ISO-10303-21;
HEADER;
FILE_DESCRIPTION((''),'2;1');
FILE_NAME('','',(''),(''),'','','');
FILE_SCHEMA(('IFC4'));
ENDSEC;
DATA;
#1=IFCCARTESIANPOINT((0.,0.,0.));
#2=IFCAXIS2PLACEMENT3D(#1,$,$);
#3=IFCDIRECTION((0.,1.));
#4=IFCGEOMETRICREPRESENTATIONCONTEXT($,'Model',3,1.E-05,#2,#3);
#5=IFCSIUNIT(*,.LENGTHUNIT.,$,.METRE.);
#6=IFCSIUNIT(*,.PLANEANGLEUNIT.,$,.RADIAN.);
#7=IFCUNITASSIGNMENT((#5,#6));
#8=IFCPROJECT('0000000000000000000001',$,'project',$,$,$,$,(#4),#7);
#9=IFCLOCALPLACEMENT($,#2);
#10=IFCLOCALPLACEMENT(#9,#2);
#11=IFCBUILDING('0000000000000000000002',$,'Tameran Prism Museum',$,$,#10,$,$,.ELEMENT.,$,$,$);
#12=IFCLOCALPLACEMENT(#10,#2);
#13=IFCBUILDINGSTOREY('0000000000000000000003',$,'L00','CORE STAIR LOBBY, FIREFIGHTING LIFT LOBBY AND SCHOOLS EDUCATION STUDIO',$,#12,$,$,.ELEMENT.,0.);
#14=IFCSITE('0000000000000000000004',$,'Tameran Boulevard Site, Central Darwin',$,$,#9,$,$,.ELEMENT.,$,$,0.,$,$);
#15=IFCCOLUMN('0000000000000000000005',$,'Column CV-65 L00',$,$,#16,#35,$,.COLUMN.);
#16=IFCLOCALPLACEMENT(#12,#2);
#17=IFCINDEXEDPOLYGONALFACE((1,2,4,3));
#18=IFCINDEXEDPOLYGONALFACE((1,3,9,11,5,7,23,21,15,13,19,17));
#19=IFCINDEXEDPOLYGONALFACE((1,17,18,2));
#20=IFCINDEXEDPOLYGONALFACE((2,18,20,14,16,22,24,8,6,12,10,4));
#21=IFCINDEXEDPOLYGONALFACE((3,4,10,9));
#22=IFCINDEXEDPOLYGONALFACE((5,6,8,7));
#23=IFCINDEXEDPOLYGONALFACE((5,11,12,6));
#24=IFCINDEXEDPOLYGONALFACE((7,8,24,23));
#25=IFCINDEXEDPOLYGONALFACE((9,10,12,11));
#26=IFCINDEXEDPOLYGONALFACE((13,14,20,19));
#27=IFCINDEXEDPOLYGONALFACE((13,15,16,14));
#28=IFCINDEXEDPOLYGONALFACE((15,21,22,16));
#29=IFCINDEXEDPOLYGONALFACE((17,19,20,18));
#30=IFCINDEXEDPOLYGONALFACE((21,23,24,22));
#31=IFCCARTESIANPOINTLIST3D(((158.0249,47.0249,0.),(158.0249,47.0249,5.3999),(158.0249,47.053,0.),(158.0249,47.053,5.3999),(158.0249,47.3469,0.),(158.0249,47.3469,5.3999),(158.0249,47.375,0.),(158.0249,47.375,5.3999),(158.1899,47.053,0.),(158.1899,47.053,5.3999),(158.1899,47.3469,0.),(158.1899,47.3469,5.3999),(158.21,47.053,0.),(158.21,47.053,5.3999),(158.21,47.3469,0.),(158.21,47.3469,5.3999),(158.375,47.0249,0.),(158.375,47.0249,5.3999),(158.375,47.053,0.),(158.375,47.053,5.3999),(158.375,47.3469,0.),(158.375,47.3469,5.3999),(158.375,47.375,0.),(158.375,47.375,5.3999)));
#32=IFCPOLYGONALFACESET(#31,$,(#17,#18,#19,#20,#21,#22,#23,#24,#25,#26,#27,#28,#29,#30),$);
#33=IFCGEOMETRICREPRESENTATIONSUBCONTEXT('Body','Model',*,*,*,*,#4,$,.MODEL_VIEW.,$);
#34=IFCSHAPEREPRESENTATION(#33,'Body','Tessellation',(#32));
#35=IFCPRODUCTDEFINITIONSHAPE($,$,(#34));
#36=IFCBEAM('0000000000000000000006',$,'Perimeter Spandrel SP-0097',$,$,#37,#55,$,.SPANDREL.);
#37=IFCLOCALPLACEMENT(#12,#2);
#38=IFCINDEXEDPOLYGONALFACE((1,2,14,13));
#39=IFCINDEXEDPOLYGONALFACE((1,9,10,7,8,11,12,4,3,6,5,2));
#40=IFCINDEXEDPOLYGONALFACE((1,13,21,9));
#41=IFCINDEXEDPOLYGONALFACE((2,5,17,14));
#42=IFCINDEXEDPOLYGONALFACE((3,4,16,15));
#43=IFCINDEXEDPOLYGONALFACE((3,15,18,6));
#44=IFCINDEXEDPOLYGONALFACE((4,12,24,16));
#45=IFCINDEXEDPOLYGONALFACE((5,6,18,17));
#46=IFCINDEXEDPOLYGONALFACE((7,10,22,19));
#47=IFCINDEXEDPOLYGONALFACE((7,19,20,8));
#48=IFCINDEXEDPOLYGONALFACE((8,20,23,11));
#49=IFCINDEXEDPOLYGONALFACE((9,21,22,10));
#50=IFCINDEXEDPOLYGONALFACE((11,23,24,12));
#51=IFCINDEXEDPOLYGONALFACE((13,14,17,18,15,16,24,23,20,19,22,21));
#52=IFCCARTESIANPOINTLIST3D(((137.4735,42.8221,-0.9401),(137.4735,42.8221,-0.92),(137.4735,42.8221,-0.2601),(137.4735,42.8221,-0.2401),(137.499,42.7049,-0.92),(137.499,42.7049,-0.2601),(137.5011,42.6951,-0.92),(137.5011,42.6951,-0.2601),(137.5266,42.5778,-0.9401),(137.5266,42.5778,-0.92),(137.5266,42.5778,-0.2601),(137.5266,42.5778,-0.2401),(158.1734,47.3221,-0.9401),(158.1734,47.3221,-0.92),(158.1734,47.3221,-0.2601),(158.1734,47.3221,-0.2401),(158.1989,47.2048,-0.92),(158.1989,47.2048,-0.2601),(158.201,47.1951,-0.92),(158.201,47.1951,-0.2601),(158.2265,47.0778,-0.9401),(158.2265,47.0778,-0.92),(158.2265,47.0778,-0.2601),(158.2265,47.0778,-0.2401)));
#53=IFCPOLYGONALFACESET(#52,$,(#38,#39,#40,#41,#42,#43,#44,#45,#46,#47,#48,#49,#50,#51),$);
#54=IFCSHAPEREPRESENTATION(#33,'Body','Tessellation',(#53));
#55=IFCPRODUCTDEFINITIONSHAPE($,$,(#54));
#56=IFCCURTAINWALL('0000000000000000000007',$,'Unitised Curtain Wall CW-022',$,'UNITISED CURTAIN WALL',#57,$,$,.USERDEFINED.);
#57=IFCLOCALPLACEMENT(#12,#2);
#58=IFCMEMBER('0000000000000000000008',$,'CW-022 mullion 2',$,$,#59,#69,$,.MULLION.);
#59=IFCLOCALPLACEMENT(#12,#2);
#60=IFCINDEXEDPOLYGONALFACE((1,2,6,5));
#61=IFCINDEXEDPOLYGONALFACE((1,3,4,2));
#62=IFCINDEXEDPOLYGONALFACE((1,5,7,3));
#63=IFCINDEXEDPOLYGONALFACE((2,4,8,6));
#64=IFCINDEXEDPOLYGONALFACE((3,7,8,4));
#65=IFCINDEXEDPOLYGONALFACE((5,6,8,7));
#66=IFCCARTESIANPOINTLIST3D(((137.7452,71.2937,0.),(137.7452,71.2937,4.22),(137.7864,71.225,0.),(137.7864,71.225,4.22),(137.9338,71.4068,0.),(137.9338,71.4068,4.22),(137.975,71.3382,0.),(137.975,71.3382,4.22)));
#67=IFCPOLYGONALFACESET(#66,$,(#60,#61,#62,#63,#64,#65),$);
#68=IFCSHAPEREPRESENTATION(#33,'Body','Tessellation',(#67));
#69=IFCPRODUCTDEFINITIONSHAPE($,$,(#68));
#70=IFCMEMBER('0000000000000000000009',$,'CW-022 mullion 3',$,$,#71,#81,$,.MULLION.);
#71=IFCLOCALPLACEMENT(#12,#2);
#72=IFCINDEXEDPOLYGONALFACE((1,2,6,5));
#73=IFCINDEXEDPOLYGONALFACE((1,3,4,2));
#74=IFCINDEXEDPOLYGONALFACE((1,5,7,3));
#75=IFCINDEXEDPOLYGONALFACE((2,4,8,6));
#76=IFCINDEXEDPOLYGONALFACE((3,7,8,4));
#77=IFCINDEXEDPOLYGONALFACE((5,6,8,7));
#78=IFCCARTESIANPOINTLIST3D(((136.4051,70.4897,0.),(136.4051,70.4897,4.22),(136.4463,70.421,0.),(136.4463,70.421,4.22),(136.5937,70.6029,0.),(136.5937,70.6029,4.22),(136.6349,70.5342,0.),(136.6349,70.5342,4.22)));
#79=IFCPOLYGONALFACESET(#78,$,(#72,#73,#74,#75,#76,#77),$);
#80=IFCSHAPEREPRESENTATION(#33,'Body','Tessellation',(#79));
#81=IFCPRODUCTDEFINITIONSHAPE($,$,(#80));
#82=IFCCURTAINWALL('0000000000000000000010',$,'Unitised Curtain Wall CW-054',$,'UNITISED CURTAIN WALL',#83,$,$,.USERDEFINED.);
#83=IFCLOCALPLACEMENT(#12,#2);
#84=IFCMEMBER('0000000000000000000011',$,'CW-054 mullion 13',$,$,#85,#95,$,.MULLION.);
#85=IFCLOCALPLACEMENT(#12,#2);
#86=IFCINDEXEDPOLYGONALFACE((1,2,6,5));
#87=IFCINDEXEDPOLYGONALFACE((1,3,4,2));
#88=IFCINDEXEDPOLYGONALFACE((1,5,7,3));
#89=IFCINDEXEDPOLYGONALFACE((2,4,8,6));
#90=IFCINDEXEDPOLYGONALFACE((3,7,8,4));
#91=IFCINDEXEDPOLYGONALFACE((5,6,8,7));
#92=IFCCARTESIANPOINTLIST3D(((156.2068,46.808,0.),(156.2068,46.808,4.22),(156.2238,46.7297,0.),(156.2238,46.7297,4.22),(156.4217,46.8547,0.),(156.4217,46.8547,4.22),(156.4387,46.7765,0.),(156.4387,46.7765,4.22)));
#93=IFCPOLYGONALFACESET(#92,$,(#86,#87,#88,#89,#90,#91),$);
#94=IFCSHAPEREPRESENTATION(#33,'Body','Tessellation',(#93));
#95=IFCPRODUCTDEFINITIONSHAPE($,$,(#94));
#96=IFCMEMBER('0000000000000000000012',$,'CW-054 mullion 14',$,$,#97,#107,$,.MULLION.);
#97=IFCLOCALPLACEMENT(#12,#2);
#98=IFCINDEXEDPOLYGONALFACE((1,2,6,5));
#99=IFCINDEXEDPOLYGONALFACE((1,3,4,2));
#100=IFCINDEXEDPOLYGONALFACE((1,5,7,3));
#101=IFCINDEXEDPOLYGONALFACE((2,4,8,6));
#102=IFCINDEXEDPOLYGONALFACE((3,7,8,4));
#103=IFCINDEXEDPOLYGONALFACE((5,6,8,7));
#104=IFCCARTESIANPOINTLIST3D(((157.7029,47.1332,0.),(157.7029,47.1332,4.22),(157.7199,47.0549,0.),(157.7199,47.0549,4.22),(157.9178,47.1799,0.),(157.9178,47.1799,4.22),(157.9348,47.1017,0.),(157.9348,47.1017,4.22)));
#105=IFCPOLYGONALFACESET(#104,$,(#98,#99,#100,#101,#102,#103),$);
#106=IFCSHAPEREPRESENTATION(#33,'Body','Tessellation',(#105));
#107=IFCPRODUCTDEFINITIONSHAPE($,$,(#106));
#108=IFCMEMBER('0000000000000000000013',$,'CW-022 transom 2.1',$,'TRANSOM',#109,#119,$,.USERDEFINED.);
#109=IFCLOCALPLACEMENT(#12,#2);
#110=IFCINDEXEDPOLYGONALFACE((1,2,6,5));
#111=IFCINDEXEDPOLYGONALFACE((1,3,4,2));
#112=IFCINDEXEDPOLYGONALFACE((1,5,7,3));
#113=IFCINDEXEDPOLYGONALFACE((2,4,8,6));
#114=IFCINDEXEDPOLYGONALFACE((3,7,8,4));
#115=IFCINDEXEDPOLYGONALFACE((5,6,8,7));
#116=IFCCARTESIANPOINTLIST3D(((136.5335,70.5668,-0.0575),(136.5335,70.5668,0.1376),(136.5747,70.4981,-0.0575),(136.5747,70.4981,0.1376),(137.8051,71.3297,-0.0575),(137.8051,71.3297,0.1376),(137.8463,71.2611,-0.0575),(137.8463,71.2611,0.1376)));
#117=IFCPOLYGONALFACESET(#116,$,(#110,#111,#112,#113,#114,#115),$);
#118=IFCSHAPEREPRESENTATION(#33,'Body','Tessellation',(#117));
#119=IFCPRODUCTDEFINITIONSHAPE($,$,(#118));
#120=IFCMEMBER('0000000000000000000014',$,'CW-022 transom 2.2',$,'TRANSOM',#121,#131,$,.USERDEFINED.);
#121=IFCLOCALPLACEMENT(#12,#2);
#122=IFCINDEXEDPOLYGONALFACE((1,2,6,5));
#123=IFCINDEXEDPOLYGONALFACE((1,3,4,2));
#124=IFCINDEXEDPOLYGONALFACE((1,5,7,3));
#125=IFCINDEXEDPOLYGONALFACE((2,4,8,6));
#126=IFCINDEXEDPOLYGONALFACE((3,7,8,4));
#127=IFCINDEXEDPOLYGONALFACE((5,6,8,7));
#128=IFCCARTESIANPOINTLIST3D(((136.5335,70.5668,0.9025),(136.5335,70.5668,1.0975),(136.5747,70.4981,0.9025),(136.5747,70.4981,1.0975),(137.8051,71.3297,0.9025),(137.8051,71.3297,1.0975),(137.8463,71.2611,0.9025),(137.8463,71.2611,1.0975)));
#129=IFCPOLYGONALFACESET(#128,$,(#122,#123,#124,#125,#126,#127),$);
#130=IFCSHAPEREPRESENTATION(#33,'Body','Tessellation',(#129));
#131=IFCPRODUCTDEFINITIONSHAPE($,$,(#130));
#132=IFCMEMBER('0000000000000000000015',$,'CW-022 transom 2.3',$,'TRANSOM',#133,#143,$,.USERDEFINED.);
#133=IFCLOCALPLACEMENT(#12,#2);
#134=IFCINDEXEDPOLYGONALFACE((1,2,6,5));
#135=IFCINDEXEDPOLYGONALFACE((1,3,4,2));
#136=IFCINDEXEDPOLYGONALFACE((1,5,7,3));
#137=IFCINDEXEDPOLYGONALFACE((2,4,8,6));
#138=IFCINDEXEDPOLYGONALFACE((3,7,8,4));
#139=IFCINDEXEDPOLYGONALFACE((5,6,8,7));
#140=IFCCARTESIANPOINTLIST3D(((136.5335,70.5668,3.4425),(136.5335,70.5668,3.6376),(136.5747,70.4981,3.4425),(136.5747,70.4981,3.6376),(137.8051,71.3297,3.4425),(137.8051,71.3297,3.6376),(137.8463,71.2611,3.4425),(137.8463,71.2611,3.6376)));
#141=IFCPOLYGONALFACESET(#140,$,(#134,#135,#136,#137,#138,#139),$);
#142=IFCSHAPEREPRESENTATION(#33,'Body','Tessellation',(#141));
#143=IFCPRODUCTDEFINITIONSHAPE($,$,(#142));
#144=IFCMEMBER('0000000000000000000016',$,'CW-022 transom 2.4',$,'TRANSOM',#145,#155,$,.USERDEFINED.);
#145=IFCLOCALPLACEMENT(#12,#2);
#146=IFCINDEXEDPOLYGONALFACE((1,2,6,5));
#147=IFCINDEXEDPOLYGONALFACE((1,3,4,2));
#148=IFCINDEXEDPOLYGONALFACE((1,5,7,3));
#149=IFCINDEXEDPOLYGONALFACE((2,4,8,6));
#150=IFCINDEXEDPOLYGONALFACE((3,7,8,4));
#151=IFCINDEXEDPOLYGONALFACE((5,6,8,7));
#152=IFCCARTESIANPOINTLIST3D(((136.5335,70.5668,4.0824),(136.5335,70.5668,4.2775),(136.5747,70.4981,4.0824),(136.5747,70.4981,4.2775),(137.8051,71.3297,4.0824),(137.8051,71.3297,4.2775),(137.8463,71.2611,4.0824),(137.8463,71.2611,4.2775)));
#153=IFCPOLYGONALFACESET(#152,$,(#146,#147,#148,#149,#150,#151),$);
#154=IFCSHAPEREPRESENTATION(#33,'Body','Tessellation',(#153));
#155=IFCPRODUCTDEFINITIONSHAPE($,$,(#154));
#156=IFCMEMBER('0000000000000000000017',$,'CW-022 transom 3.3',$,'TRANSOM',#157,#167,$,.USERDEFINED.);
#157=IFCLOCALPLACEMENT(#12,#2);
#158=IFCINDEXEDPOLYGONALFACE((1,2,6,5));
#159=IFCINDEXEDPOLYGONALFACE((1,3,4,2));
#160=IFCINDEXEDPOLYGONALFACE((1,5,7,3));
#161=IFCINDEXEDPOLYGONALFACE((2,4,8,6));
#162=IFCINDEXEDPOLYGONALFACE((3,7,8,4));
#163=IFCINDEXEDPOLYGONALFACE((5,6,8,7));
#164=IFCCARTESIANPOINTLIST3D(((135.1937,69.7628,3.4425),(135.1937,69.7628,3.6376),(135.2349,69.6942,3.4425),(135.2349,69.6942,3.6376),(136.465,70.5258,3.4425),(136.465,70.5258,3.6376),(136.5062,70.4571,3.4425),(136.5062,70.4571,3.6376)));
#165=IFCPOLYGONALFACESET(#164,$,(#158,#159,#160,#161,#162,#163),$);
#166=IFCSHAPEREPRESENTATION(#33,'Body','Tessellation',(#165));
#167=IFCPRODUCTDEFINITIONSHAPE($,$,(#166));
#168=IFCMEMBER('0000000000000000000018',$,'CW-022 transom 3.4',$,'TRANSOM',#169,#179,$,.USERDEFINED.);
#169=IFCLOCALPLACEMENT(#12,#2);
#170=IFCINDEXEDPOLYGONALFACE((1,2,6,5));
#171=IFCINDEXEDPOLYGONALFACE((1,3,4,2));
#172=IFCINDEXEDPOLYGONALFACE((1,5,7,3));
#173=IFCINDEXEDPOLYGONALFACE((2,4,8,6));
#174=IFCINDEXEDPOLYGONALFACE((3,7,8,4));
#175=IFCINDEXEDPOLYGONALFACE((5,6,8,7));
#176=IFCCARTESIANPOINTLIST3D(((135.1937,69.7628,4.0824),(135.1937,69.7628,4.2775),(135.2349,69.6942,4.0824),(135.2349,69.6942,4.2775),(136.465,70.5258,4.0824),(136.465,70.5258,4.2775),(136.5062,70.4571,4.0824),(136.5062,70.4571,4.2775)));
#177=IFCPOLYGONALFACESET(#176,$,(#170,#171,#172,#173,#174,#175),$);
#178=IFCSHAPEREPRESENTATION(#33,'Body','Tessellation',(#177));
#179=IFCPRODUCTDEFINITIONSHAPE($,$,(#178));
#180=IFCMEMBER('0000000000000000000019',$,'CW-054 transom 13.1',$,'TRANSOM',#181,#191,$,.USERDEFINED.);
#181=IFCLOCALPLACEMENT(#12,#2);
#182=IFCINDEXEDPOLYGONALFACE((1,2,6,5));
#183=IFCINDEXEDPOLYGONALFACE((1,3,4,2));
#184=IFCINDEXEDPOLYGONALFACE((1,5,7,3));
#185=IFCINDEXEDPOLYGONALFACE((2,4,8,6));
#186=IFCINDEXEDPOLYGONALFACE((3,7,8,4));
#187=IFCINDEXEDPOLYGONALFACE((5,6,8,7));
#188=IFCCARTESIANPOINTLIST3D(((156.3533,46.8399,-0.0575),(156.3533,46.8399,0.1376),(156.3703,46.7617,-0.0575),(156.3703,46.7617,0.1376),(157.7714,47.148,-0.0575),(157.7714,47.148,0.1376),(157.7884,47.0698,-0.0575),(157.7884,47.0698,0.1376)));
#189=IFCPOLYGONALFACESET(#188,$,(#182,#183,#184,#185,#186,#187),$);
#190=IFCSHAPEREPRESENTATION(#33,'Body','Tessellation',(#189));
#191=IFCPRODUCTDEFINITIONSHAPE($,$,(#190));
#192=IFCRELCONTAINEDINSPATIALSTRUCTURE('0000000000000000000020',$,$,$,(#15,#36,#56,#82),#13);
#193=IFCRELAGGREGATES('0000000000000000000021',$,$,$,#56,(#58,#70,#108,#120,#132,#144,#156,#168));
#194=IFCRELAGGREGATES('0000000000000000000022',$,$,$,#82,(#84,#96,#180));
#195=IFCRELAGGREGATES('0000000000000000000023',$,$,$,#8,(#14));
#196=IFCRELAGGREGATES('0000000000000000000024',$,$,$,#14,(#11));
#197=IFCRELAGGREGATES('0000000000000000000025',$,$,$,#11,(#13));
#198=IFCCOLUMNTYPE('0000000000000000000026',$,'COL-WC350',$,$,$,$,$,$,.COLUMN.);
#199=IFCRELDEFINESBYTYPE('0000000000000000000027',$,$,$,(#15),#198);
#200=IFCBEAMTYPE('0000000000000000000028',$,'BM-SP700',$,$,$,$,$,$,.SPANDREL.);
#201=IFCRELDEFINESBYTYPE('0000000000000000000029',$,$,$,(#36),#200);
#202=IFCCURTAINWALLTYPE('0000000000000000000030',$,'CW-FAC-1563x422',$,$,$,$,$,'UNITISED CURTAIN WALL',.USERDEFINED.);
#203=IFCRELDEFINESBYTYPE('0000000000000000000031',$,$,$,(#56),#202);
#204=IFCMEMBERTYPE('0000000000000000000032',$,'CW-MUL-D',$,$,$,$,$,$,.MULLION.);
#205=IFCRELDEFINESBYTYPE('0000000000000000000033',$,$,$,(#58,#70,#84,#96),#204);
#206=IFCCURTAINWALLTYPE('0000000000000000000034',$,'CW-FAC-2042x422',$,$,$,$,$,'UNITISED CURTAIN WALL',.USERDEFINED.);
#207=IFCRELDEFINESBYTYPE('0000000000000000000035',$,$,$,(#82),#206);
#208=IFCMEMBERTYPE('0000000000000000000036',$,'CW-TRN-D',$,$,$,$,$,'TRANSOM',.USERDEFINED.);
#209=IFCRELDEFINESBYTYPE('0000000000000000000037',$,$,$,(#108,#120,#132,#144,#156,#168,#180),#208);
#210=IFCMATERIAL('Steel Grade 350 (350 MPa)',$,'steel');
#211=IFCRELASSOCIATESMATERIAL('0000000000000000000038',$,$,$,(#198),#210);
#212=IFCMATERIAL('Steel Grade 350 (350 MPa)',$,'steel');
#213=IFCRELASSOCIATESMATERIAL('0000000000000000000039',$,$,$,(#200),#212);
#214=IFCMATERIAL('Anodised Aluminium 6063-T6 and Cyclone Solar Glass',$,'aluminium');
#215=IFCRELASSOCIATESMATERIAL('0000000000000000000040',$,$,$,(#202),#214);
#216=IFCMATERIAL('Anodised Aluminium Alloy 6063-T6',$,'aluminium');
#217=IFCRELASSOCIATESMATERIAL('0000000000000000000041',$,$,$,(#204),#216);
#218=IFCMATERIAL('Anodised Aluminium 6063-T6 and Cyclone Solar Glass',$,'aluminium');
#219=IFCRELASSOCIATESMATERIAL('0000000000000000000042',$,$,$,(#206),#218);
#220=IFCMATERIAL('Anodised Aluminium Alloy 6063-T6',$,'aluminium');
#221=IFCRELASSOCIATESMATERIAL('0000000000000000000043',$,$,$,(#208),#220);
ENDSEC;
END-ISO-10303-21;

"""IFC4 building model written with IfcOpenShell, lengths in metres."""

from ifc_helpers import new_model, si_unit, direction, frame, origin, origin_2d, place, context, subcontext, project, spatial, rectangle, i_section, extrude, material, material_profile, profile_set, type_object, element, aggregate, save


model = new_model("IFC4")

# Units and contexts
model_context = context("Model", 3, precision=1e-05, world=origin(), true_north=direction((0.0, 1.0)))
body_context = subcontext(model_context, "Body", "Model", "MODEL_VIEW")
ifc_project = project(units=[si_unit("LENGTHUNIT", "METRE"), si_unit("PLANEANGLEUNIT", "RADIAN")], contexts=[model_context])

# Site, building, storey
site_placement = place(None, origin())
site = spatial("IfcSite", under=ifc_project, at=site_placement, Name="Tameran Boulevard Site, Central Darwin", CompositionType="ELEMENT", RefElevation=0.0)
building_placement = place(site_placement, origin())
building = spatial("IfcBuilding", under=site, at=building_placement, Name="Tameran Prism Museum", CompositionType="ELEMENT")
storey_placement = place(building_placement, origin())
storey = spatial("IfcBuildingStorey", under=building, at=storey_placement, Name="L00", Description="CORE STAIR LOBBY, FIREFIGHTING LIFT LOBBY AND SCHOOLS EDUCATION STUDIO", CompositionType="ELEMENT", Elevation=0.0)

# Column
ifc_material_1 = material(Name="Steel Grade 350 (350 MPa)", Category="steel")
ifc_material_profile_1 = material_profile(ifc_material_1, i_section(OverallWidth=0.3501, OverallDepth=0.3501, WebThickness=0.02, FlangeThickness=0.0281, at=origin_2d()))
ifc_profile_set_1 = profile_set([ifc_material_profile_1])
column_type = type_object("IfcColumnType", Name="COL-WC350", PredefinedType="COLUMN", material=ifc_profile_set_1)
column_placement = place(storey_placement, frame((158.2, 47.2, 0.0), z_axis=(0.0, 0.0, 1.0), x_axis=(1.0, 0.0, 0.0)))
element("IfcColumn", 1, at=column_placement, inside=storey, type_object=column_type, Name="Column CV-65 L00", PredefinedType="COLUMN", context=body_context, shape_type="SweptSolid", body=[
    extrude(i_section(OverallWidth=0.3501, OverallDepth=0.3501, WebThickness=0.02, FlangeThickness=0.0281, at=origin_2d()), origin(), (0.0, 0.0, 1.0), 5.3999),
])

# Beam
ifc_material_2 = material(Name="Steel Grade 350 (350 MPa)", Category="steel")
ifc_material_profile_2 = material_profile(ifc_material_2, i_section(OverallWidth=0.25, OverallDepth=0.7, WebThickness=0.01, FlangeThickness=0.02, at=origin_2d()))
ifc_profile_set_2 = profile_set([ifc_material_profile_2])
beam_type = type_object("IfcBeamType", Name="BM-SP700", PredefinedType="SPANDREL", material=ifc_profile_set_2)
beam_placement = place(storey_placement, frame((158.2, 47.2, -0.5901), z_axis=(-0.977176, -0.21243, 0.0), x_axis=(0.21243, -0.977176, 0.0)))
element("IfcBeam", 2, at=beam_placement, inside=storey, type_object=beam_type, Name="Perimeter Spandrel SP-0097", PredefinedType="SPANDREL", context=body_context, shape_type="SweptSolid", body=[
    extrude(i_section(OverallWidth=0.25, OverallDepth=0.7, WebThickness=0.01, FlangeThickness=0.02, at=origin_2d()), origin(), (0.0, 0.0, 1.0), 21.1833),
])

# Curtain walls, members
ifc_material_3 = material(Name="Anodised Aluminium 6063-T6 and Cyclone Solar Glass", Category="aluminium")
curtain_wall_type_1 = type_object("IfcCurtainWallType", Name="CW-FAC-1563x422", ElementType="UNITISED CURTAIN WALL", PredefinedType="USERDEFINED", material=ifc_material_3)
curtain_wall_1_placement = place(storey_placement, origin())
curtain_wall_1 = element("IfcCurtainWall", 3, at=curtain_wall_1_placement, inside=storey, type_object=curtain_wall_type_1, Name="Unitised Curtain Wall CW-022", ObjectType="UNITISED CURTAIN WALL", PredefinedType="USERDEFINED")
ifc_material_4 = material(Name="Anodised Aluminium Alloy 6063-T6", Category="aluminium")
ifc_material_profile_3 = material_profile(ifc_material_4, rectangle(XDim=0.0801, YDim=0.22, at=origin_2d()))
ifc_profile_set_3 = profile_set([ifc_material_profile_3])
member_type_1 = type_object("IfcMemberType", Name="CW-MUL-D", PredefinedType="MULLION", material=ifc_profile_set_3)
member_1_placement = place(storey_placement, frame((137.8601, 71.3159, 0.0), z_axis=(0.0, 0.0, 1.0), x_axis=(0.514496, -0.857493, 0.0)))
member_1 = element("IfcMember", 4, at=member_1_placement, type_object=member_type_1, Name="CW-022 mullion 2", PredefinedType="MULLION", context=body_context, shape_type="SweptSolid", body=[
    extrude(rectangle(XDim=0.0801, YDim=0.22, at=origin_2d()), origin(), (0.0, 0.0, 1.0), 4.22),
])
member_2_placement = place(storey_placement, frame((136.52, 70.512, 0.0), z_axis=(0.0, 0.0, 1.0), x_axis=(0.514496, -0.857493, 0.0)))
member_2 = element("IfcMember", 5, at=member_2_placement, type_object=member_type_1, Name="CW-022 mullion 3", PredefinedType="MULLION", context=body_context, shape_type="SweptSolid", body=[
    extrude(rectangle(XDim=0.0801, YDim=0.22, at=origin_2d()), origin(), (0.0, 0.0, 1.0), 4.22),
])
ifc_material_5 = material(Name="Anodised Aluminium 6063-T6 and Cyclone Solar Glass", Category="aluminium")
curtain_wall_type_2 = type_object("IfcCurtainWallType", Name="CW-FAC-2042x422", ElementType="UNITISED CURTAIN WALL", PredefinedType="USERDEFINED", material=ifc_material_5)
curtain_wall_2_placement = place(storey_placement, origin())
curtain_wall_2 = element("IfcCurtainWall", 6, at=curtain_wall_2_placement, inside=storey, type_object=curtain_wall_type_2, Name="Unitised Curtain Wall CW-054", ObjectType="UNITISED CURTAIN WALL", PredefinedType="USERDEFINED")
member_3_placement = place(storey_placement, frame((156.3228, 46.7922, 0.0), z_axis=(0.0, 0.0, 1.0), x_axis=(-0.212454, 0.977171, 0.0)))
member_3 = element("IfcMember", 7, at=member_3_placement, type_object=member_type_1, Name="CW-054 mullion 13", PredefinedType="MULLION", context=body_context, shape_type="SweptSolid", body=[
    extrude(rectangle(XDim=0.0801, YDim=0.22, at=origin_2d()), origin(), (0.0, 0.0, 1.0), 4.22),
])
member_4_placement = place(storey_placement, frame((157.8188, 47.1174, 0.0), z_axis=(0.0, 0.0, 1.0), x_axis=(-0.212454, 0.977171, 0.0)))
member_4 = element("IfcMember", 8, at=member_4_placement, type_object=member_type_1, Name="CW-054 mullion 14", PredefinedType="MULLION", context=body_context, shape_type="SweptSolid", body=[
    extrude(rectangle(XDim=0.0801, YDim=0.22, at=origin_2d()), origin(), (0.0, 0.0, 1.0), 4.22),
])

# Members
ifc_material_6 = material(Name="Anodised Aluminium Alloy 6063-T6", Category="aluminium")
ifc_material_profile_4 = material_profile(ifc_material_6, rectangle(XDim=0.0801, YDim=0.1951, at=origin_2d()))
ifc_profile_set_4 = profile_set([ifc_material_profile_4])
member_type_2 = type_object("IfcMemberType", Name="CW-TRN-D", ElementType="TRANSOM", PredefinedType="USERDEFINED", material=ifc_profile_set_4)
member_5_placement = place(storey_placement, frame((137.8257, 71.2954, 0.04), z_axis=(-0.857478, -0.51452, 0.0), x_axis=(0.51452, -0.857478, 0.0)))
member_5 = element("IfcMember", 9, at=member_5_placement, type_object=member_type_2, Name="CW-022 transom 2.1", ObjectType="TRANSOM", PredefinedType="USERDEFINED", context=body_context, shape_type="SweptSolid", body=[
    extrude(rectangle(XDim=0.0801, YDim=0.1951, at=origin_2d()), origin(), (0.0, 0.0, 1.0), 1.4829),
])
member_6_placement = place(storey_placement, frame((137.8257, 71.2954, 1.0), z_axis=(-0.857478, -0.51452, 0.0), x_axis=(0.51452, -0.857478, 0.0)))
member_6 = element("IfcMember", 10, at=member_6_placement, type_object=member_type_2, Name="CW-022 transom 2.2", ObjectType="TRANSOM", PredefinedType="USERDEFINED", context=body_context, shape_type="SweptSolid", body=[
    extrude(rectangle(XDim=0.0801, YDim=0.1951, at=origin_2d()), origin(), (0.0, 0.0, 1.0), 1.4829),
])
member_7_placement = place(storey_placement, frame((137.8257, 71.2954, 3.54), z_axis=(-0.857478, -0.51452, 0.0), x_axis=(0.51452, -0.857478, 0.0)))
member_7 = element("IfcMember", 11, at=member_7_placement, type_object=member_type_2, Name="CW-022 transom 2.3", ObjectType="TRANSOM", PredefinedType="USERDEFINED", context=body_context, shape_type="SweptSolid", body=[
    extrude(rectangle(XDim=0.0801, YDim=0.1951, at=origin_2d()), origin(), (0.0, 0.0, 1.0), 1.4829),
])
member_8_placement = place(storey_placement, frame((137.8257, 71.2954, 4.1799), z_axis=(-0.857478, -0.51452, 0.0), x_axis=(0.51452, -0.857478, 0.0)))
member_8 = element("IfcMember", 12, at=member_8_placement, type_object=member_type_2, Name="CW-022 transom 2.4", ObjectType="TRANSOM", PredefinedType="USERDEFINED", context=body_context, shape_type="SweptSolid", body=[
    extrude(rectangle(XDim=0.0801, YDim=0.1951, at=origin_2d()), origin(), (0.0, 0.0, 1.0), 1.4829),
])
member_9_placement = place(storey_placement, frame((136.4856, 70.4915, 3.54), z_axis=(-0.857435, -0.514593, 0.0), x_axis=(0.514593, -0.857435, 0.0)))
member_9 = element("IfcMember", 13, at=member_9_placement, type_object=member_type_2, Name="CW-022 transom 3.3", ObjectType="TRANSOM", PredefinedType="USERDEFINED", context=body_context, shape_type="SweptSolid", body=[
    extrude(rectangle(XDim=0.0801, YDim=0.1951, at=origin_2d()), origin(), (0.0, 0.0, 1.0), 1.4827),
])
member_10_placement = place(storey_placement, frame((136.4856, 70.4915, 4.1799), z_axis=(-0.857435, -0.514593, 0.0), x_axis=(0.514593, -0.857435, 0.0)))
member_10 = element("IfcMember", 14, at=member_10_placement, type_object=member_type_2, Name="CW-022 transom 3.4", ObjectType="TRANSOM", PredefinedType="USERDEFINED", context=body_context, shape_type="SweptSolid", body=[
    extrude(rectangle(XDim=0.0801, YDim=0.1951, at=origin_2d()), origin(), (0.0, 0.0, 1.0), 1.4827),
])
member_11_placement = place(storey_placement, frame((156.3618, 46.8008, 0.04), z_axis=(0.977198, 0.212332, 0.0), x_axis=(-0.212332, 0.977198, 0.0)))
member_11 = element("IfcMember", 15, at=member_11_placement, type_object=member_type_2, Name="CW-054 transom 13.1", ObjectType="TRANSOM", PredefinedType="USERDEFINED", context=body_context, shape_type="SweptSolid", body=[
    extrude(rectangle(XDim=0.0801, YDim=0.1951, at=origin_2d()), origin(), (0.0, 0.0, 1.0), 1.4512),
])

aggregate(curtain_wall_1, [member_1, member_2, member_5, member_6, member_7, member_8, member_9, member_10])
aggregate(curtain_wall_2, [member_3, member_4, member_11])

save(model, "model.ifc")
